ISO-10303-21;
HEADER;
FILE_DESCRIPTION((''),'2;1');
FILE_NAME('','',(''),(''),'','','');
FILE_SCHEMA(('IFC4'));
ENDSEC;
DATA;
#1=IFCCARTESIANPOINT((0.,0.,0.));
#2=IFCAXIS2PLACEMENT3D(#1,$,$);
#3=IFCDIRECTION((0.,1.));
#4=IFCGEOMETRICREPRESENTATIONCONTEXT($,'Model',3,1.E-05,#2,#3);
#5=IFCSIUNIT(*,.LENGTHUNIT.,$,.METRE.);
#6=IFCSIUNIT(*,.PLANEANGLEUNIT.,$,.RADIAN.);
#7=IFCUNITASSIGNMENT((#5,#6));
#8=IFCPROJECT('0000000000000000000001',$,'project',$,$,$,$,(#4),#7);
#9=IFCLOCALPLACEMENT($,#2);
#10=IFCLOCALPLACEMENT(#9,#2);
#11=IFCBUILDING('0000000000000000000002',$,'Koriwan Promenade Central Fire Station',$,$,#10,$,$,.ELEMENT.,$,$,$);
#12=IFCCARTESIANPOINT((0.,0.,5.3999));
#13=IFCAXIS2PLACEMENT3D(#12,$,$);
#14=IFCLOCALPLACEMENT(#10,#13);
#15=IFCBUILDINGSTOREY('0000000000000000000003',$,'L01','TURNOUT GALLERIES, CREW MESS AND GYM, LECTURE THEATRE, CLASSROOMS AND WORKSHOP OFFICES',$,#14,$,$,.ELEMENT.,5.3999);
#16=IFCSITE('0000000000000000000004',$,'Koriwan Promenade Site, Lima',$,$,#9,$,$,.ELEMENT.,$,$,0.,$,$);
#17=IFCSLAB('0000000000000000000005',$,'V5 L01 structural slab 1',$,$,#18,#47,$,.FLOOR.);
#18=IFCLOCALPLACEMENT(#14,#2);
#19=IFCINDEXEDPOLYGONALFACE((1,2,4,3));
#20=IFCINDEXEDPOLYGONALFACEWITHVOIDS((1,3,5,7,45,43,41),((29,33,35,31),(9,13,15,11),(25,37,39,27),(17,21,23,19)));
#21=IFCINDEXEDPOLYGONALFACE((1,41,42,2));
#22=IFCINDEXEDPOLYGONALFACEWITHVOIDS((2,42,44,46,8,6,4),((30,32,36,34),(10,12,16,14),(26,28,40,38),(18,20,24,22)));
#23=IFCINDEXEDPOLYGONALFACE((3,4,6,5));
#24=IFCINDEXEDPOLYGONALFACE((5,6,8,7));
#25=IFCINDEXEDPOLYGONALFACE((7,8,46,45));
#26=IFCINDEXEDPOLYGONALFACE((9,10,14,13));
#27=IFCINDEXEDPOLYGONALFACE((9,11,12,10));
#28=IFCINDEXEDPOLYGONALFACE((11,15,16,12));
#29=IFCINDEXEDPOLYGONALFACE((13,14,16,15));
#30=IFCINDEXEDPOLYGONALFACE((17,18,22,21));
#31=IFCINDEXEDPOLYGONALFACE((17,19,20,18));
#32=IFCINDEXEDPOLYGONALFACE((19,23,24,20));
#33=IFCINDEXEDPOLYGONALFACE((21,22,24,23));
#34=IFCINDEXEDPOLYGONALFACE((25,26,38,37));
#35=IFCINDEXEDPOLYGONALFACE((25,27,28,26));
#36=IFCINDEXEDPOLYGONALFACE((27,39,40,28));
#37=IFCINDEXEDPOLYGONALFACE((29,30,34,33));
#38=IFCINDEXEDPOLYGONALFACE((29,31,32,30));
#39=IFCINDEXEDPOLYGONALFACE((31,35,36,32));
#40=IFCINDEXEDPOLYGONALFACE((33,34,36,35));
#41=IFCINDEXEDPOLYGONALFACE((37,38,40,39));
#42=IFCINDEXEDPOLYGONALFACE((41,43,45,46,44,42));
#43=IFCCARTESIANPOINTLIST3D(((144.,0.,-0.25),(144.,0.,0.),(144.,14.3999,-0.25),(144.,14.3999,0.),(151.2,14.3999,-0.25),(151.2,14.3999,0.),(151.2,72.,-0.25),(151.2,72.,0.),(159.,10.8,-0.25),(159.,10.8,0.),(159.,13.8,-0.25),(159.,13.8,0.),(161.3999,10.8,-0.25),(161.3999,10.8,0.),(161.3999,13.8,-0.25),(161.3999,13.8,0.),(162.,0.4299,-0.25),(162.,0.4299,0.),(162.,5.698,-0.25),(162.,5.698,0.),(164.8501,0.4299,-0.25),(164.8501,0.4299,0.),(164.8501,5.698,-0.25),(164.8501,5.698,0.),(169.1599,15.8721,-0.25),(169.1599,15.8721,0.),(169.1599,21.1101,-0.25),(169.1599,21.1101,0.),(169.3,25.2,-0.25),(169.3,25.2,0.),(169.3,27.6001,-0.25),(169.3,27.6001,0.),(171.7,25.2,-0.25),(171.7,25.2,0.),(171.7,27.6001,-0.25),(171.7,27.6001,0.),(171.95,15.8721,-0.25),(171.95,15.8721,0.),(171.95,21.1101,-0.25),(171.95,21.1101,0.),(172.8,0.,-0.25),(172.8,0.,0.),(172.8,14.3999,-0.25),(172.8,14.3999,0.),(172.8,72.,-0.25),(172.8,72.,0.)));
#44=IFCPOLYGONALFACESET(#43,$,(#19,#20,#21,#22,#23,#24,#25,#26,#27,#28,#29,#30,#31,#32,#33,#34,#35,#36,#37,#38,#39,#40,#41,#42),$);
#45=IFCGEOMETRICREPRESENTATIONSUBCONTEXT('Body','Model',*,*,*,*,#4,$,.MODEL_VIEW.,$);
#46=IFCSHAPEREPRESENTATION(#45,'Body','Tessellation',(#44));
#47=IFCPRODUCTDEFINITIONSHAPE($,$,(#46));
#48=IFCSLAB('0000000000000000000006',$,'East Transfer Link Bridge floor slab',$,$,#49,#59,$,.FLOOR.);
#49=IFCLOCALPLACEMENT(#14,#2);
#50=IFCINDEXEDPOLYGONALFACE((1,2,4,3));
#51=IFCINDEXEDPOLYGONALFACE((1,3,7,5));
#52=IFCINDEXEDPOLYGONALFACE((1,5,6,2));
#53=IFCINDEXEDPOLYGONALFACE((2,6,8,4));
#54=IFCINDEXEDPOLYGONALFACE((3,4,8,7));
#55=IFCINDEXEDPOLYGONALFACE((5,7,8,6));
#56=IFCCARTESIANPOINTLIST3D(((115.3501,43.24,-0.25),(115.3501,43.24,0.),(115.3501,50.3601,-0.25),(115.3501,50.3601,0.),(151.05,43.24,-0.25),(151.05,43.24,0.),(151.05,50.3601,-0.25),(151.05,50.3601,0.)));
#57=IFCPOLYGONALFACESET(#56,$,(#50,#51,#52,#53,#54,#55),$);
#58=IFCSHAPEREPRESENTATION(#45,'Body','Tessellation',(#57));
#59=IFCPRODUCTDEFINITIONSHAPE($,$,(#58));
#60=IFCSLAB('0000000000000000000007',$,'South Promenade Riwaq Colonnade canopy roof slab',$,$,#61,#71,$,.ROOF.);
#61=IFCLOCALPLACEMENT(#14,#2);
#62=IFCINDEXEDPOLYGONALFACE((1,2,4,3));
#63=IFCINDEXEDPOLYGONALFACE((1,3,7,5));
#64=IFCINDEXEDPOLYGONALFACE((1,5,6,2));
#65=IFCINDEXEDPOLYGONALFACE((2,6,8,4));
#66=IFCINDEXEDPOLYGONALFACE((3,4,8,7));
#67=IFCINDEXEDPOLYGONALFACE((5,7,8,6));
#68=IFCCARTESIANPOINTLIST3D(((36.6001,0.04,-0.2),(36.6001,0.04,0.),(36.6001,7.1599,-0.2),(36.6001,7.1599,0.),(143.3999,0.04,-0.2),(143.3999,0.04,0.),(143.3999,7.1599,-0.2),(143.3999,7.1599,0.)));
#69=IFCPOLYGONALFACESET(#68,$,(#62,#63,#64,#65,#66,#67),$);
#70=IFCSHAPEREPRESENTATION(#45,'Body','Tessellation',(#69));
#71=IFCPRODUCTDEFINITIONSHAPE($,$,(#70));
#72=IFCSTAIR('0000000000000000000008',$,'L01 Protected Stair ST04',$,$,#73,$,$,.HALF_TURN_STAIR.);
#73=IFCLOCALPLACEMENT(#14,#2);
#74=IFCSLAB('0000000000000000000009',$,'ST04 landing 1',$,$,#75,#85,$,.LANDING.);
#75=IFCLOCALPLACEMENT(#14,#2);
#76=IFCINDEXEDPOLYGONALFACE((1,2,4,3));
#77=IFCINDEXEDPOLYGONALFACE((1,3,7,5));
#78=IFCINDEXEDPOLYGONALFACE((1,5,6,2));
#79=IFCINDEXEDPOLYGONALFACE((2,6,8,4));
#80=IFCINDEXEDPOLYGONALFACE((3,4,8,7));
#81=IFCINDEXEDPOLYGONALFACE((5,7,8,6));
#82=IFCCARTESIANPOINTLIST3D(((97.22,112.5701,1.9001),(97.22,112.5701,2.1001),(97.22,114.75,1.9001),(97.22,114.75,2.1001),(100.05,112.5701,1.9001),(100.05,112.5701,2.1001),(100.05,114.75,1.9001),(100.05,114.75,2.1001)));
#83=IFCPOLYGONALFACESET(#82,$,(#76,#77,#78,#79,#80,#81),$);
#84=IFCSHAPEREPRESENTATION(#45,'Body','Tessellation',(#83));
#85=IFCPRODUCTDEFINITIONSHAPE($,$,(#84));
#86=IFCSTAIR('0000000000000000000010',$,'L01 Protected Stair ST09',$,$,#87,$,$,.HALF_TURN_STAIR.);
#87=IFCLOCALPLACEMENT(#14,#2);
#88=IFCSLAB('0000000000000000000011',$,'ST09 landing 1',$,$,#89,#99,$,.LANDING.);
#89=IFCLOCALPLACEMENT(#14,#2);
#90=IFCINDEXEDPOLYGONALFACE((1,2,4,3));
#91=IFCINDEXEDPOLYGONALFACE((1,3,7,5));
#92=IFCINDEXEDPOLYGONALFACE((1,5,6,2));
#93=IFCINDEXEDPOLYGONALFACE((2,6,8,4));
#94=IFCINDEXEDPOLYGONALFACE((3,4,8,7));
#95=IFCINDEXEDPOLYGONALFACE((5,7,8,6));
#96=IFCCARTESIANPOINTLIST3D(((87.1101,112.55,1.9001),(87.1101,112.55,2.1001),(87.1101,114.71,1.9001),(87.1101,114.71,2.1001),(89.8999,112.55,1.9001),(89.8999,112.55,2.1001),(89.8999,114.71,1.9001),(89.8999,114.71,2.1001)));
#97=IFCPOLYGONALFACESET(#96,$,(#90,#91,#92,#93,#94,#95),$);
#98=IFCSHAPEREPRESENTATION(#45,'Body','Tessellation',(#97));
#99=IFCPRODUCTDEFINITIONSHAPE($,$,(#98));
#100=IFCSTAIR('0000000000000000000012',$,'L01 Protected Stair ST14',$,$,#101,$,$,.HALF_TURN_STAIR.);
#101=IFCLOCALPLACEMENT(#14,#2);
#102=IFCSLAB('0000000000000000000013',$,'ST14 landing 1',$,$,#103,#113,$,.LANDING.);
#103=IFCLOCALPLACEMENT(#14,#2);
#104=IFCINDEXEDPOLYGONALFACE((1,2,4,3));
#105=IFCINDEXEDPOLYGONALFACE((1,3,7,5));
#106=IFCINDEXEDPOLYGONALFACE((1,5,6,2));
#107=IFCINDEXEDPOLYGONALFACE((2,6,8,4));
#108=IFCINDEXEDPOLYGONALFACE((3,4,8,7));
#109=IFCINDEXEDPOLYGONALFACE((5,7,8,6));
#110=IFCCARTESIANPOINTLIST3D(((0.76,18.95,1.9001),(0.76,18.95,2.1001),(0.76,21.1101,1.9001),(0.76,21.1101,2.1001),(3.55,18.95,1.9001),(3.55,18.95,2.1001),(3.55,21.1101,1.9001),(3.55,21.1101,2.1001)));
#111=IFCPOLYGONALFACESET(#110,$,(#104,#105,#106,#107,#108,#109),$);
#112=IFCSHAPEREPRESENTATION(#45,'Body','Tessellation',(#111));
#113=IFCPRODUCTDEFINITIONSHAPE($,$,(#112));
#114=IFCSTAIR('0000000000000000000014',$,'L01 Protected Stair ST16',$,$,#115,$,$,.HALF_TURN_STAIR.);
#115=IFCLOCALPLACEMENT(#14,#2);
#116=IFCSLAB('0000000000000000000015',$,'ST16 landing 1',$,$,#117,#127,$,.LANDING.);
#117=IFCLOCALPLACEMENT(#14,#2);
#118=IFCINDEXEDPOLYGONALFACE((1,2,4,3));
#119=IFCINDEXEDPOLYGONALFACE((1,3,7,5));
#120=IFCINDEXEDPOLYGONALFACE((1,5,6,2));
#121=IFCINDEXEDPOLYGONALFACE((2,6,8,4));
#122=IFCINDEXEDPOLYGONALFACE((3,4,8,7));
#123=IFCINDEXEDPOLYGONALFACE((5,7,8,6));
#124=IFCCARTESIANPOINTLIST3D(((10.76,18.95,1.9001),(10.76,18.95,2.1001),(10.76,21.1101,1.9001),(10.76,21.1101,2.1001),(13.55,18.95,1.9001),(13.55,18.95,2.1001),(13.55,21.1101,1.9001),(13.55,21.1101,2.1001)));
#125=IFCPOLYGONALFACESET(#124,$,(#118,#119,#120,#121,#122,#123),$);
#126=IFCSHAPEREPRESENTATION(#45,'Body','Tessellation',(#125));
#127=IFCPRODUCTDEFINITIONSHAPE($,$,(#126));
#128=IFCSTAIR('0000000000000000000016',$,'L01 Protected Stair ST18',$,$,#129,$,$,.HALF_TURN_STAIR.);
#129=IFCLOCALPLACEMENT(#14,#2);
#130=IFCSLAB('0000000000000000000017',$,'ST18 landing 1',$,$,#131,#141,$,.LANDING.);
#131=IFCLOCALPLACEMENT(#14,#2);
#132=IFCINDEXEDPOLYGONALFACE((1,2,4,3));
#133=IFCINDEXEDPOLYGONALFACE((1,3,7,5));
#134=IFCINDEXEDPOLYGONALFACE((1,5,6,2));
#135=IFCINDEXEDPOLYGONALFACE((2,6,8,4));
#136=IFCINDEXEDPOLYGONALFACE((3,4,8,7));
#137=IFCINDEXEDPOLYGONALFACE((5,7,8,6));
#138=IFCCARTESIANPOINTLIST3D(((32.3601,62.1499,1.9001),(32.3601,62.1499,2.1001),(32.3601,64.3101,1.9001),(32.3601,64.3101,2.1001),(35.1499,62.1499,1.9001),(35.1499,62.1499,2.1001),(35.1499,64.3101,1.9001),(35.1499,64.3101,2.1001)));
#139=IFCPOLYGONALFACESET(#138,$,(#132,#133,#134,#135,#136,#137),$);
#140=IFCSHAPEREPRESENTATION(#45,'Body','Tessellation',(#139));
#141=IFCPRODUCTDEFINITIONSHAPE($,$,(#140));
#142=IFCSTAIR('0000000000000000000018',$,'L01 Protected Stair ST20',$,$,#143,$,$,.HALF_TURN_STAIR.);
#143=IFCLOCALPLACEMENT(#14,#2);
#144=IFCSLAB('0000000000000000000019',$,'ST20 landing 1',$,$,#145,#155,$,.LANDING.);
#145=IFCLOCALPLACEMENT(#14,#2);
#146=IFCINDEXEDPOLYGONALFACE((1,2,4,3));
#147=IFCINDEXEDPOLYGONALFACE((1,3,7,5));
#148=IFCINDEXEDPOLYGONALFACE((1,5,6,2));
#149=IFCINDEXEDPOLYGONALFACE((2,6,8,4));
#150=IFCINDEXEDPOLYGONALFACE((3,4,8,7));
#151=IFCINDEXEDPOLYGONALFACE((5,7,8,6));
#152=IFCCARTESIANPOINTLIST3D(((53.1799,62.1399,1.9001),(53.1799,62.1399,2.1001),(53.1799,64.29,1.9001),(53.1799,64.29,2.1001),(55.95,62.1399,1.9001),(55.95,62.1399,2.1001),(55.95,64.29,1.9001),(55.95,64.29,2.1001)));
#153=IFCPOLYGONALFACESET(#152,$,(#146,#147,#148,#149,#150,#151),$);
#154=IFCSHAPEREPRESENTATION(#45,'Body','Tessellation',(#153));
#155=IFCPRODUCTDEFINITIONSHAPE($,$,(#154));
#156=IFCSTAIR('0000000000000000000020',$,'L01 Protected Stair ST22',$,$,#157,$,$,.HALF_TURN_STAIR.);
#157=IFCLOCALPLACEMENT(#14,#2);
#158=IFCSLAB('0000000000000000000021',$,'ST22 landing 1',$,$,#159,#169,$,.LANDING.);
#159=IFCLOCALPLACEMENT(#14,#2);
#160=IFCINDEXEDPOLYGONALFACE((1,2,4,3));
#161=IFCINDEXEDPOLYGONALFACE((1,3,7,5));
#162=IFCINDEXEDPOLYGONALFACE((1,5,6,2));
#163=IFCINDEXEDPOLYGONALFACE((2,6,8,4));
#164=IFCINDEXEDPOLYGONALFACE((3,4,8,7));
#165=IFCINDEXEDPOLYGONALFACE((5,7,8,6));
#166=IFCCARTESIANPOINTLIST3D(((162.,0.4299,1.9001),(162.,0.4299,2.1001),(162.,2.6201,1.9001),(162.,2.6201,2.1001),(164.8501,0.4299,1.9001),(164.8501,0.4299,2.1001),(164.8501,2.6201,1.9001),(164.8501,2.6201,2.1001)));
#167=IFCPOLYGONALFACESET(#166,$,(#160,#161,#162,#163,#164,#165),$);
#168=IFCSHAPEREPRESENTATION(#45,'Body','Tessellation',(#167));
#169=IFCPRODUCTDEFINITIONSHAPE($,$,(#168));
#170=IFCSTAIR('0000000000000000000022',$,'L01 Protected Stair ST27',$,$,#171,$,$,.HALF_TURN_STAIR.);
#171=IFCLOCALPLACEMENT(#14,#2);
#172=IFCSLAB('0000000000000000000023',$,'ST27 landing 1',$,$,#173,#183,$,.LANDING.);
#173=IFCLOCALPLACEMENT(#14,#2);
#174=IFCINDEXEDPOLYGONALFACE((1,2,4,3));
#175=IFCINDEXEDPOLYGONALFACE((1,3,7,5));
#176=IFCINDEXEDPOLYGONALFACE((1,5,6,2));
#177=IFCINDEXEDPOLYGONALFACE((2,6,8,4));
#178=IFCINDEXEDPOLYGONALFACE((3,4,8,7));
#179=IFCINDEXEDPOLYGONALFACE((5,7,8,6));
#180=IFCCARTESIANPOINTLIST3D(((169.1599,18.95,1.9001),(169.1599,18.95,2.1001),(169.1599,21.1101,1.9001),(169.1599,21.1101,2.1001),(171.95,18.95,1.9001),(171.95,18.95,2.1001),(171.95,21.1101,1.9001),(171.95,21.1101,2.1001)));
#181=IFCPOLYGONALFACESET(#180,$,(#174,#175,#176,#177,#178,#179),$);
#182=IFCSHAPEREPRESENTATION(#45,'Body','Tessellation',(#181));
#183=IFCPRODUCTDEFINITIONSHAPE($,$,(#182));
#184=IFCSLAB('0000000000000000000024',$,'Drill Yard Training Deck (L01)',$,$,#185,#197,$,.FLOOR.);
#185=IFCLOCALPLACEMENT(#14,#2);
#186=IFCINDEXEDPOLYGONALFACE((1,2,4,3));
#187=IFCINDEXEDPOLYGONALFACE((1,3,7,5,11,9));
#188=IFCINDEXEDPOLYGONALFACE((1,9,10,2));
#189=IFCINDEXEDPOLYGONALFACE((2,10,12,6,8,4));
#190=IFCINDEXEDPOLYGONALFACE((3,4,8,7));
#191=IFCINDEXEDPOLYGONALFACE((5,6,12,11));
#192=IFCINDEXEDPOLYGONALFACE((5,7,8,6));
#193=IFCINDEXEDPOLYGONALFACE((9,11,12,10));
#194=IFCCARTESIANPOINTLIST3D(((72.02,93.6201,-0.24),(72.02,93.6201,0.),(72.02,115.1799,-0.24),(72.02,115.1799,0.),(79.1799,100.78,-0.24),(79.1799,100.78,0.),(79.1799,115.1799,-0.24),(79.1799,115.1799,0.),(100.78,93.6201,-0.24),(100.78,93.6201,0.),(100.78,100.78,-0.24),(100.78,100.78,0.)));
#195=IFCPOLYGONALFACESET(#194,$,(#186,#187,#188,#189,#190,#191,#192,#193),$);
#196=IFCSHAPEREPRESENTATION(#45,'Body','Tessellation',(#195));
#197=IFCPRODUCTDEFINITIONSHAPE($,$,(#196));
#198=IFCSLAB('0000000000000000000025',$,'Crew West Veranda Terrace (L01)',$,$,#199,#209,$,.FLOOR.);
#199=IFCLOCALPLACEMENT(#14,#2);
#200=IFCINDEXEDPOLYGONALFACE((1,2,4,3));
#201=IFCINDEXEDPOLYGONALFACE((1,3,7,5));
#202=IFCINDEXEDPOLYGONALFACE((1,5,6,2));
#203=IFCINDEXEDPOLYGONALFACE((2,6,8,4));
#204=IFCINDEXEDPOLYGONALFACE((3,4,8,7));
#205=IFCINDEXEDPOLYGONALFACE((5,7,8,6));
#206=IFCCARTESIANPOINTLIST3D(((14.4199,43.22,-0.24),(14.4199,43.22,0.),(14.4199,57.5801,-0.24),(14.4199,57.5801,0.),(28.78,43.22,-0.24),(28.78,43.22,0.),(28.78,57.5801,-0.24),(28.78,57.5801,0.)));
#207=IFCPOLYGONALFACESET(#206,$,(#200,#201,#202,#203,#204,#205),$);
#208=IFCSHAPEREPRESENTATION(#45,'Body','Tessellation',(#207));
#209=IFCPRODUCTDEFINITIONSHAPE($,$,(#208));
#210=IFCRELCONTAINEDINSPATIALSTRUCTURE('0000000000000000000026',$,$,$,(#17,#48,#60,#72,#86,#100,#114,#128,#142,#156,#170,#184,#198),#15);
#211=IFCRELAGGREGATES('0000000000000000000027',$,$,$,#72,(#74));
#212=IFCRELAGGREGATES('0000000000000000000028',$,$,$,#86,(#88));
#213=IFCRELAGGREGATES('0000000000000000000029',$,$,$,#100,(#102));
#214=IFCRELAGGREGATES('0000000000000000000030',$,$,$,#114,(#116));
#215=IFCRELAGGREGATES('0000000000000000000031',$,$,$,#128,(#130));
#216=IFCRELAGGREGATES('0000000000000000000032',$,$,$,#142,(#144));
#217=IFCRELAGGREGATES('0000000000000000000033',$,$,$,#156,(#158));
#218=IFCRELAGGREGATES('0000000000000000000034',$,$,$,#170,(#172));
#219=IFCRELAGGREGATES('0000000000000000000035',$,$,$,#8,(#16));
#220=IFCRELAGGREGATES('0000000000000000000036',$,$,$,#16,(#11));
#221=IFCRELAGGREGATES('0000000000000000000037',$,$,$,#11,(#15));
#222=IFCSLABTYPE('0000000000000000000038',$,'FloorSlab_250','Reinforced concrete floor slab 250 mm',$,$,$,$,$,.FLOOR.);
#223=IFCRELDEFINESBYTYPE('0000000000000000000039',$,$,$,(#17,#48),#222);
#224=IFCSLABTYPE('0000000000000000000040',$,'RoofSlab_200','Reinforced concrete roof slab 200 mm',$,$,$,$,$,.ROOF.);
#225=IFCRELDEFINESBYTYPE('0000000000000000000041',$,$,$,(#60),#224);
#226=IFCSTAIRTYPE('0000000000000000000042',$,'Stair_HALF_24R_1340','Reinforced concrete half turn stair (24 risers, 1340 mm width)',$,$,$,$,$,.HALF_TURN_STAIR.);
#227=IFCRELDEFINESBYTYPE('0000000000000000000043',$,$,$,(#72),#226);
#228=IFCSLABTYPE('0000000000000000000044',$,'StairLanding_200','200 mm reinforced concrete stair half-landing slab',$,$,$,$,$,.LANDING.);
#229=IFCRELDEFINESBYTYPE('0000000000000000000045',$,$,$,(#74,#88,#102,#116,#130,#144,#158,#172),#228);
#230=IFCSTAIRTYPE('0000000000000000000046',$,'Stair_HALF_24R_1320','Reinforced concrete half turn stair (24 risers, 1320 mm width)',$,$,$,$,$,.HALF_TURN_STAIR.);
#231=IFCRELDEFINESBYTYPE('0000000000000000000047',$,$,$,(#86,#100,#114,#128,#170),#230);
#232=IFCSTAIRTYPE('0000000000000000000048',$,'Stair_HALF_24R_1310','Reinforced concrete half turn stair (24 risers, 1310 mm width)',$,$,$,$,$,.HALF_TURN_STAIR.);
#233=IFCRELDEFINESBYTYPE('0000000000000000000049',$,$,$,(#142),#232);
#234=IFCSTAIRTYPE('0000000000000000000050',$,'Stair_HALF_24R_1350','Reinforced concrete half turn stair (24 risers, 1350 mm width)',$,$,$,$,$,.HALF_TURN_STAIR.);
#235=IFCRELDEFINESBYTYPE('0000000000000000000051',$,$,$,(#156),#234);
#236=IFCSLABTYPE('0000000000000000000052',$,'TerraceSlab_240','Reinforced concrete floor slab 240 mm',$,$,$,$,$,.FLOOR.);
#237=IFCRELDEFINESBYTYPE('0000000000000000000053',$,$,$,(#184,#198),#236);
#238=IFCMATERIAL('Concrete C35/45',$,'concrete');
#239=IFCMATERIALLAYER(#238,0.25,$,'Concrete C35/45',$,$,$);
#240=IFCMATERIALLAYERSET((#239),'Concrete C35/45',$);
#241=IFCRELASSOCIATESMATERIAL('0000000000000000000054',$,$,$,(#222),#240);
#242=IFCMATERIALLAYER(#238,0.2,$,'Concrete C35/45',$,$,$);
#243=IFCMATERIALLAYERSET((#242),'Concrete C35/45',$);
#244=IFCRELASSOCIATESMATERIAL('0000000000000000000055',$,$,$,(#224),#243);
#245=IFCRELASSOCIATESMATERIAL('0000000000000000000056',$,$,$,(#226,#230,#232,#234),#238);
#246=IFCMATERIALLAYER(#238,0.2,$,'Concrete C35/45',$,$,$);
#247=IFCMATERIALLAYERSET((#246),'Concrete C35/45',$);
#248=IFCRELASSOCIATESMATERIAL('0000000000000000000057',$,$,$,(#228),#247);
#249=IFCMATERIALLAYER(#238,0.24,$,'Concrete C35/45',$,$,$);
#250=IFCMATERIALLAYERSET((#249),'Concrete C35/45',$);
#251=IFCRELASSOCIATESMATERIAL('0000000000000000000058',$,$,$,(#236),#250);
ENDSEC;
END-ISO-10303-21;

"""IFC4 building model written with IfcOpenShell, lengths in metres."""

from ifc_helpers import new_model, si_unit, direction, frame, origin, place, context, subcontext, project, spatial, polyline, outline, extrude, material, layer, layer_set, type_object, element, aggregate, save


model = new_model("IFC4")

# Units and contexts
model_context = context("Model", 3, precision=1e-05, world=origin(), true_north=direction((0.0, 1.0)))
body_context = subcontext(model_context, "Body", "Model", "MODEL_VIEW")
ifc_project = project(units=[si_unit("LENGTHUNIT", "METRE"), si_unit("PLANEANGLEUNIT", "RADIAN")], contexts=[model_context])

# Site, building, storey
site_placement = place(None, origin())
site = spatial("IfcSite", under=ifc_project, at=site_placement, Name="Koriwan Promenade Site, Lima", CompositionType="ELEMENT", RefElevation=0.0)
building_placement = place(site_placement, origin())
building = spatial("IfcBuilding", under=site, at=building_placement, Name="Koriwan Promenade Central Fire Station", CompositionType="ELEMENT")
storey_placement = place(building_placement, frame((0.0, 0.0, 5.3999)))
storey = spatial("IfcBuildingStorey", under=building, at=storey_placement, Name="L01", Description="TURNOUT GALLERIES, CREW MESS AND GYM, LECTURE THEATRE, CLASSROOMS AND WORKSHOP OFFICES", CompositionType="ELEMENT", Elevation=5.3999)

# Slabs
ifc_material_1 = material(Name="Concrete C35/45", Category="concrete")
ifc_layer_1 = layer(ifc_material_1, 0.25, Name="Concrete C35/45")
ifc_layer_set_1 = layer_set([ifc_layer_1], Name="Concrete C35/45")
slab_type_1 = type_object("IfcSlabType", Name="FloorSlab_250", Description="Reinforced concrete floor slab 250 mm", PredefinedType="FLOOR", material=ifc_layer_set_1)
slab_1_placement = place(storey_placement, frame((0.0, 0.0, -0.25)))
element("IfcSlab", 1, at=slab_1_placement, inside=storey, type_object=slab_type_1, Name="V5 L01 structural slab 1", PredefinedType="FLOOR", context=body_context, shape_type="SweptSolid", body=[
    extrude(outline(polyline([(172.8, 72.0), (172.8, 14.3999), (172.8, 0.0), (144.0, 0.0), (144.0, 14.3999), (151.2, 14.3999), (151.2, 72.0), (172.8, 72.0)]), holes=[polyline([(162.0, 5.698), (162.0, 0.4299), (164.8501, 0.4299), (164.8501, 5.698), (162.0, 5.698)]), polyline([(171.95, 21.1101), (169.1599, 21.1101), (169.1599, 15.8721), (171.95, 15.8721), (171.95, 21.1101)]), polyline([(159.0, 13.8), (159.0, 10.8), (161.3999, 10.8), (161.3999, 13.8), (159.0, 13.8)]), polyline([(171.7, 25.2), (171.7, 27.6001), (169.3, 27.6001), (169.3, 25.2), (171.7, 25.2)])]), origin(), (0.0, 0.0, 1.0), 0.25),
])
slab_2_placement = place(storey_placement, frame((0.0, 0.0, -0.25)))
element("IfcSlab", 2, at=slab_2_placement, inside=storey, type_object=slab_type_1, Name="East Transfer Link Bridge floor slab", PredefinedType="FLOOR", context=body_context, shape_type="SweptSolid", body=[
    extrude(outline(polyline([(115.3501, 43.24), (151.05, 43.24), (151.05, 50.3601), (115.3501, 50.3601), (115.3501, 43.24)])), origin(), (0.0, 0.0, 1.0), 0.25),
])
ifc_layer_2 = layer(ifc_material_1, 0.2, Name="Concrete C35/45")
ifc_layer_set_2 = layer_set([ifc_layer_2], Name="Concrete C35/45")
slab_type_2 = type_object("IfcSlabType", Name="RoofSlab_200", Description="Reinforced concrete roof slab 200 mm", PredefinedType="ROOF", material=ifc_layer_set_2)
slab_3_placement = place(storey_placement, frame((0.0, 0.0, -0.2)))
element("IfcSlab", 3, at=slab_3_placement, inside=storey, type_object=slab_type_2, Name="South Promenade Riwaq Colonnade canopy roof slab", PredefinedType="ROOF", context=body_context, shape_type="SweptSolid", body=[
    extrude(outline(polyline([(36.6001, 0.04), (143.3999, 0.04), (143.3999, 7.1599), (36.6001, 7.1599), (36.6001, 0.04)])), origin(), (0.0, 0.0, 1.0), 0.2),
])

# Stairs, slabs
stair_type_1 = type_object("IfcStairType", Name="Stair_HALF_24R_1340", Description="Reinforced concrete half turn stair (24 risers, 1340 mm width)", PredefinedType="HALF_TURN_STAIR", material=ifc_material_1)
stair_1_placement = place(storey_placement, origin())
stair_1 = element("IfcStair", 4, at=stair_1_placement, inside=storey, type_object=stair_type_1, Name="L01 Protected Stair ST04", PredefinedType="HALF_TURN_STAIR")
ifc_layer_3 = layer(ifc_material_1, 0.2, Name="Concrete C35/45")
ifc_layer_set_3 = layer_set([ifc_layer_3], Name="Concrete C35/45")
slab_type_3 = type_object("IfcSlabType", Name="StairLanding_200", Description="200 mm reinforced concrete stair half-landing slab", PredefinedType="LANDING", material=ifc_layer_set_3)
slab_4_placement = place(storey_placement, frame((0.0, 0.0, 1.9001)))
slab_4 = element("IfcSlab", 5, at=slab_4_placement, type_object=slab_type_3, Name="ST04 landing 1", PredefinedType="LANDING", context=body_context, shape_type="SweptSolid", body=[
    extrude(outline(polyline([(100.05, 112.5701), (100.05, 114.75), (97.22, 114.75), (97.22, 112.5701), (100.05, 112.5701)])), origin(), (0.0, 0.0, 1.0), 0.2),
])
aggregate(stair_1, [slab_4])
stair_type_2 = type_object("IfcStairType", Name="Stair_HALF_24R_1320", Description="Reinforced concrete half turn stair (24 risers, 1320 mm width)", PredefinedType="HALF_TURN_STAIR", material=ifc_material_1)
stair_2_placement = place(storey_placement, origin())
stair_2 = element("IfcStair", 6, at=stair_2_placement, inside=storey, type_object=stair_type_2, Name="L01 Protected Stair ST09", PredefinedType="HALF_TURN_STAIR")
slab_5_placement = place(storey_placement, frame((0.0, 0.0, 1.9001)))
slab_5 = element("IfcSlab", 7, at=slab_5_placement, type_object=slab_type_3, Name="ST09 landing 1", PredefinedType="LANDING", context=body_context, shape_type="SweptSolid", body=[
    extrude(outline(polyline([(89.8999, 112.55), (89.8999, 114.71), (87.1101, 114.71), (87.1101, 112.55), (89.8999, 112.55)])), origin(), (0.0, 0.0, 1.0), 0.2),
])
aggregate(stair_2, [slab_5])
stair_3_placement = place(storey_placement, origin())
stair_3 = element("IfcStair", 8, at=stair_3_placement, inside=storey, type_object=stair_type_2, Name="L01 Protected Stair ST14", PredefinedType="HALF_TURN_STAIR")
slab_6_placement = place(storey_placement, frame((0.0, 0.0, 1.9001)))
slab_6 = element("IfcSlab", 9, at=slab_6_placement, type_object=slab_type_3, Name="ST14 landing 1", PredefinedType="LANDING", context=body_context, shape_type="SweptSolid", body=[
    extrude(outline(polyline([(3.55, 18.95), (3.55, 21.1101), (0.76, 21.1101), (0.76, 18.95), (3.55, 18.95)])), origin(), (0.0, 0.0, 1.0), 0.2),
])
aggregate(stair_3, [slab_6])
stair_4_placement = place(storey_placement, origin())
stair_4 = element("IfcStair", 10, at=stair_4_placement, inside=storey, type_object=stair_type_2, Name="L01 Protected Stair ST16", PredefinedType="HALF_TURN_STAIR")
slab_7_placement = place(storey_placement, frame((0.0, 0.0, 1.9001)))
slab_7 = element("IfcSlab", 11, at=slab_7_placement, type_object=slab_type_3, Name="ST16 landing 1", PredefinedType="LANDING", context=body_context, shape_type="SweptSolid", body=[
    extrude(outline(polyline([(13.55, 18.95), (13.55, 21.1101), (10.76, 21.1101), (10.76, 18.95), (13.55, 18.95)])), origin(), (0.0, 0.0, 1.0), 0.2),
])
aggregate(stair_4, [slab_7])
stair_5_placement = place(storey_placement, origin())
stair_5 = element("IfcStair", 12, at=stair_5_placement, inside=storey, type_object=stair_type_2, Name="L01 Protected Stair ST18", PredefinedType="HALF_TURN_STAIR")
slab_8_placement = place(storey_placement, frame((0.0, 0.0, 1.9001)))
slab_8 = element("IfcSlab", 13, at=slab_8_placement, type_object=slab_type_3, Name="ST18 landing 1", PredefinedType="LANDING", context=body_context, shape_type="SweptSolid", body=[
    extrude(outline(polyline([(35.1499, 62.1499), (35.1499, 64.3101), (32.3601, 64.3101), (32.3601, 62.1499), (35.1499, 62.1499)])), origin(), (0.0, 0.0, 1.0), 0.2),
])
aggregate(stair_5, [slab_8])
stair_type_3 = type_object("IfcStairType", Name="Stair_HALF_24R_1310", Description="Reinforced concrete half turn stair (24 risers, 1310 mm width)", PredefinedType="HALF_TURN_STAIR", material=ifc_material_1)
stair_6_placement = place(storey_placement, origin())
stair_6 = element("IfcStair", 14, at=stair_6_placement, inside=storey, type_object=stair_type_3, Name="L01 Protected Stair ST20", PredefinedType="HALF_TURN_STAIR")
slab_9_placement = place(storey_placement, frame((0.0, 0.0, 1.9001)))
slab_9 = element("IfcSlab", 15, at=slab_9_placement, type_object=slab_type_3, Name="ST20 landing 1", PredefinedType="LANDING", context=body_context, shape_type="SweptSolid", body=[
    extrude(outline(polyline([(55.95, 62.1399), (55.95, 64.29), (53.1799, 64.29), (53.1799, 62.1399), (55.95, 62.1399)])), origin(), (0.0, 0.0, 1.0), 0.2),
])
aggregate(stair_6, [slab_9])
stair_type_4 = type_object("IfcStairType", Name="Stair_HALF_24R_1350", Description="Reinforced concrete half turn stair (24 risers, 1350 mm width)", PredefinedType="HALF_TURN_STAIR", material=ifc_material_1)
stair_7_placement = place(storey_placement, origin())
stair_7 = element("IfcStair", 16, at=stair_7_placement, inside=storey, type_object=stair_type_4, Name="L01 Protected Stair ST22", PredefinedType="HALF_TURN_STAIR")
slab_10_placement = place(storey_placement, frame((0.0, 0.0, 1.9001)))
slab_10 = element("IfcSlab", 17, at=slab_10_placement, type_object=slab_type_3, Name="ST22 landing 1", PredefinedType="LANDING", context=body_context, shape_type="SweptSolid", body=[
    extrude(outline(polyline([(162.0, 2.6201), (162.0, 0.4299), (164.8501, 0.4299), (164.8501, 2.6201), (162.0, 2.6201)])), origin(), (0.0, 0.0, 1.0), 0.2),
])
aggregate(stair_7, [slab_10])
stair_8_placement = place(storey_placement, origin())
stair_8 = element("IfcStair", 18, at=stair_8_placement, inside=storey, type_object=stair_type_2, Name="L01 Protected Stair ST27", PredefinedType="HALF_TURN_STAIR")
slab_11_placement = place(storey_placement, frame((0.0, 0.0, 1.9001)))
slab_11 = element("IfcSlab", 19, at=slab_11_placement, type_object=slab_type_3, Name="ST27 landing 1", PredefinedType="LANDING", context=body_context, shape_type="SweptSolid", body=[
    extrude(outline(polyline([(171.95, 18.95), (171.95, 21.1101), (169.1599, 21.1101), (169.1599, 18.95), (171.95, 18.95)])), origin(), (0.0, 0.0, 1.0), 0.2),
])
aggregate(stair_8, [slab_11])

# Slabs
ifc_layer_4 = layer(ifc_material_1, 0.24, Name="Concrete C35/45")
ifc_layer_set_4 = layer_set([ifc_layer_4], Name="Concrete C35/45")
slab_type_4 = type_object("IfcSlabType", Name="TerraceSlab_240", Description="Reinforced concrete floor slab 240 mm", PredefinedType="FLOOR", material=ifc_layer_set_4)
slab_12_placement = place(storey_placement, frame((0.0, 0.0, -0.24)))
element("IfcSlab", 20, at=slab_12_placement, inside=storey, type_object=slab_type_4, Name="Drill Yard Training Deck (L01)", PredefinedType="FLOOR", context=body_context, shape_type="SweptSolid", body=[
    extrude(outline(polyline([(100.78, 100.78), (100.78, 93.6201), (72.02, 93.6201), (72.02, 115.1799), (79.1799, 115.1799), (79.1799, 100.78), (100.78, 100.78)])), origin(), (0.0, 0.0, 1.0), 0.24),
])
slab_13_placement = place(storey_placement, frame((0.0, 0.0, -0.24)))
element("IfcSlab", 21, at=slab_13_placement, inside=storey, type_object=slab_type_4, Name="Crew West Veranda Terrace (L01)", PredefinedType="FLOOR", context=body_context, shape_type="SweptSolid", body=[
    extrude(outline(polyline([(28.78, 43.22), (14.4199, 43.22), (14.4199, 57.5801), (28.78, 57.5801), (28.78, 43.22)])), origin(), (0.0, 0.0, 1.0), 0.24),
])

save(model, "model.ifc")
